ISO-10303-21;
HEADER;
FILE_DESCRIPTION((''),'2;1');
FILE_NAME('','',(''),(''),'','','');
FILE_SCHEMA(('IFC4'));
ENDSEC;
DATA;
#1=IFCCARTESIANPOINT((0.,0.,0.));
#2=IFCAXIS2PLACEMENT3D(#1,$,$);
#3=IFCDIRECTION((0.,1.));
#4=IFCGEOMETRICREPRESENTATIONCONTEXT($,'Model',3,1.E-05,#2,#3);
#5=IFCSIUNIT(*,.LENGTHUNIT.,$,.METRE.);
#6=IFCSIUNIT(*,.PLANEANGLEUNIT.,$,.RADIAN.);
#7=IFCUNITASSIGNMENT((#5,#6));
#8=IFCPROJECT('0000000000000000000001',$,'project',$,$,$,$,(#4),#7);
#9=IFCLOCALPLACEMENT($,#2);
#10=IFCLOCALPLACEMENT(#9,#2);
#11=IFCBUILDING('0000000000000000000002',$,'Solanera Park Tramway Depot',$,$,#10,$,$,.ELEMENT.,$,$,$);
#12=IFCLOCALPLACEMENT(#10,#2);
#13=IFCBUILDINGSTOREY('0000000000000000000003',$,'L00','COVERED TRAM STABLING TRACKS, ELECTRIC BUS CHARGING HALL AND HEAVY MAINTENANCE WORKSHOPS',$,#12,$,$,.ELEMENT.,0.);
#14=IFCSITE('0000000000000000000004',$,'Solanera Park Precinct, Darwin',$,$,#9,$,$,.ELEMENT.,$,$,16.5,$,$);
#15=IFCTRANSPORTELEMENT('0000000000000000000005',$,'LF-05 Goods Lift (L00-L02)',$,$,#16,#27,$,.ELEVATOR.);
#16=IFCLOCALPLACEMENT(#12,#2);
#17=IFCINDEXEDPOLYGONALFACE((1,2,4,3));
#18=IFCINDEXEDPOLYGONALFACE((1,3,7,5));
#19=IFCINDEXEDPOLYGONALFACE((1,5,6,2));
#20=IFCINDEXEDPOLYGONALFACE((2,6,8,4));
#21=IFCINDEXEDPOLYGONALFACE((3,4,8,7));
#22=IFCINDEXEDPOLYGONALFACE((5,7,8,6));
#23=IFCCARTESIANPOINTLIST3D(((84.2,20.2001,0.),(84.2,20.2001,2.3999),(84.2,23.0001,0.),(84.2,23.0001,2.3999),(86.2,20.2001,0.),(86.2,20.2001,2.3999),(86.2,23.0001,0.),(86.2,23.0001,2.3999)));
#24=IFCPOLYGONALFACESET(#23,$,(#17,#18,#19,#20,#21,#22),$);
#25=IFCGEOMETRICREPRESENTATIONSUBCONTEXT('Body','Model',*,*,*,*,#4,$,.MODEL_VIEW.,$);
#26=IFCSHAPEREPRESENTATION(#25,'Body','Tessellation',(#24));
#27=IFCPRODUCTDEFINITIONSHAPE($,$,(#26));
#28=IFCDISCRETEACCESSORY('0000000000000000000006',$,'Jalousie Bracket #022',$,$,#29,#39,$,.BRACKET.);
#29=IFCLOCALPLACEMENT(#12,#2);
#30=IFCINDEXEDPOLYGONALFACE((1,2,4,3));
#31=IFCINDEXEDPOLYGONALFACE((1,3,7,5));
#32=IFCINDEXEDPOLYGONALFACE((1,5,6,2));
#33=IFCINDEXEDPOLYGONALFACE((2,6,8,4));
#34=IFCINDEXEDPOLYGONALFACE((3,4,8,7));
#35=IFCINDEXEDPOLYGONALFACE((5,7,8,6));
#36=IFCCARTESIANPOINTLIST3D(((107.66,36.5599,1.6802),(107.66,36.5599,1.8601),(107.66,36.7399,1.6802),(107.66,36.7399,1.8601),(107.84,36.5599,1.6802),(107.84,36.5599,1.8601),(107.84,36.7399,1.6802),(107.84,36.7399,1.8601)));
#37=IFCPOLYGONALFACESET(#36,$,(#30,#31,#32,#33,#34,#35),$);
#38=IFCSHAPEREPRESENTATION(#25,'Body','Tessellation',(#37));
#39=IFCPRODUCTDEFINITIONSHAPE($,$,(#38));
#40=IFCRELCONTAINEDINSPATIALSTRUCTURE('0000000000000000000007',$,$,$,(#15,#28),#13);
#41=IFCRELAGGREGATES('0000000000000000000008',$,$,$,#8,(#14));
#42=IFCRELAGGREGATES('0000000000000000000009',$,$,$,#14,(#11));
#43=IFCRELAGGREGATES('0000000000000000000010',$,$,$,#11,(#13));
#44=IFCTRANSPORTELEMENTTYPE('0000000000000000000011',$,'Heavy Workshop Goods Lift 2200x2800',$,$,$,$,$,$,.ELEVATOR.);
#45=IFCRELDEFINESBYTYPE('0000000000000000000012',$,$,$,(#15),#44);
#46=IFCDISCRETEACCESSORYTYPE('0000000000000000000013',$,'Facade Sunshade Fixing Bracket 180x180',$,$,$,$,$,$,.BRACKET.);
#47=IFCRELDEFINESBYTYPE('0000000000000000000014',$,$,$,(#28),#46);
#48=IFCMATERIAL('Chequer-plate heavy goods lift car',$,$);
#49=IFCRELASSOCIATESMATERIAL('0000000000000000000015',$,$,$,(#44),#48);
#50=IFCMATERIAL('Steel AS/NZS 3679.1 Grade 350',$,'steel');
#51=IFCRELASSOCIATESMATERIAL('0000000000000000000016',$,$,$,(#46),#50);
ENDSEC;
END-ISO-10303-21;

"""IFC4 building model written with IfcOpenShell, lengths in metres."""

from ifc_helpers import new_model, si_unit, direction, frame, origin, origin_2d, place, context, subcontext, project, spatial, rectangle, extrude, material, type_object, element, save


model = new_model("IFC4")

# Units and contexts
model_context = context("Model", 3, precision=1e-05, world=origin(), true_north=direction((0.0, 1.0)))
body_context = subcontext(model_context, "Body", "Model", "MODEL_VIEW")
ifc_project = project(units=[si_unit("LENGTHUNIT", "METRE"), si_unit("PLANEANGLEUNIT", "RADIAN")], contexts=[model_context])

# Site, building, storey
site_placement = place(None, origin())
site = spatial("IfcSite", under=ifc_project, at=site_placement, Name="Solanera Park Precinct, Darwin", CompositionType="ELEMENT", RefElevation=16.5)
building_placement = place(site_placement, origin())
building = spatial("IfcBuilding", under=site, at=building_placement, Name="Solanera Park Tramway Depot", CompositionType="ELEMENT")
storey_placement = place(building_placement, origin())
storey = spatial("IfcBuildingStorey", under=building, at=storey_placement, Name="L00", Description="COVERED TRAM STABLING TRACKS, ELECTRIC BUS CHARGING HALL AND HEAVY MAINTENANCE WORKSHOPS", CompositionType="ELEMENT", Elevation=0.0)

# Transport element
ifc_material_1 = material(Name="Chequer-plate heavy goods lift car")
transport_element_type = type_object("IfcTransportElementType", Name="Heavy Workshop Goods Lift 2200x2800", PredefinedType="ELEVATOR", material=ifc_material_1)
transport_element_placement = place(storey_placement, frame((85.2, 21.6001, 0.0), z_axis=(0.0, 0.0, 1.0), x_axis=(1.0, 0.0, 0.0)))
element("IfcTransportElement", 1, at=transport_element_placement, inside=storey, type_object=transport_element_type, Name="LF-05 Goods Lift (L00-L02)", PredefinedType="ELEVATOR", context=body_context, shape_type="SweptSolid", body=[
    extrude(rectangle(XDim=2.0, YDim=2.8, at=origin_2d()), origin(), (0.0, 0.0, 1.0), 2.3999),
])

# Discrete accessory
ifc_material_2 = material(Name="Steel AS/NZS 3679.1 Grade 350", Category="steel")
discrete_accessory_type = type_object("IfcDiscreteAccessoryType", Name="Facade Sunshade Fixing Bracket 180x180", PredefinedType="BRACKET", material=ifc_material_2)
discrete_accessory_placement = place(storey_placement, frame((107.75, 36.6499, 1.6802), z_axis=(0.0, 0.0, 1.0), x_axis=(0.0, -1.0, 0.0)))
element("IfcDiscreteAccessory", 2, at=discrete_accessory_placement, inside=storey, type_object=discrete_accessory_type, Name="Jalousie Bracket #022", PredefinedType="BRACKET", context=body_context, shape_type="SweptSolid", body=[
    extrude(rectangle(XDim=0.1799, YDim=0.1799, at=origin_2d()), origin(), (0.0, 0.0, 1.0), 0.1799),
])

save(model, "model.ifc")
